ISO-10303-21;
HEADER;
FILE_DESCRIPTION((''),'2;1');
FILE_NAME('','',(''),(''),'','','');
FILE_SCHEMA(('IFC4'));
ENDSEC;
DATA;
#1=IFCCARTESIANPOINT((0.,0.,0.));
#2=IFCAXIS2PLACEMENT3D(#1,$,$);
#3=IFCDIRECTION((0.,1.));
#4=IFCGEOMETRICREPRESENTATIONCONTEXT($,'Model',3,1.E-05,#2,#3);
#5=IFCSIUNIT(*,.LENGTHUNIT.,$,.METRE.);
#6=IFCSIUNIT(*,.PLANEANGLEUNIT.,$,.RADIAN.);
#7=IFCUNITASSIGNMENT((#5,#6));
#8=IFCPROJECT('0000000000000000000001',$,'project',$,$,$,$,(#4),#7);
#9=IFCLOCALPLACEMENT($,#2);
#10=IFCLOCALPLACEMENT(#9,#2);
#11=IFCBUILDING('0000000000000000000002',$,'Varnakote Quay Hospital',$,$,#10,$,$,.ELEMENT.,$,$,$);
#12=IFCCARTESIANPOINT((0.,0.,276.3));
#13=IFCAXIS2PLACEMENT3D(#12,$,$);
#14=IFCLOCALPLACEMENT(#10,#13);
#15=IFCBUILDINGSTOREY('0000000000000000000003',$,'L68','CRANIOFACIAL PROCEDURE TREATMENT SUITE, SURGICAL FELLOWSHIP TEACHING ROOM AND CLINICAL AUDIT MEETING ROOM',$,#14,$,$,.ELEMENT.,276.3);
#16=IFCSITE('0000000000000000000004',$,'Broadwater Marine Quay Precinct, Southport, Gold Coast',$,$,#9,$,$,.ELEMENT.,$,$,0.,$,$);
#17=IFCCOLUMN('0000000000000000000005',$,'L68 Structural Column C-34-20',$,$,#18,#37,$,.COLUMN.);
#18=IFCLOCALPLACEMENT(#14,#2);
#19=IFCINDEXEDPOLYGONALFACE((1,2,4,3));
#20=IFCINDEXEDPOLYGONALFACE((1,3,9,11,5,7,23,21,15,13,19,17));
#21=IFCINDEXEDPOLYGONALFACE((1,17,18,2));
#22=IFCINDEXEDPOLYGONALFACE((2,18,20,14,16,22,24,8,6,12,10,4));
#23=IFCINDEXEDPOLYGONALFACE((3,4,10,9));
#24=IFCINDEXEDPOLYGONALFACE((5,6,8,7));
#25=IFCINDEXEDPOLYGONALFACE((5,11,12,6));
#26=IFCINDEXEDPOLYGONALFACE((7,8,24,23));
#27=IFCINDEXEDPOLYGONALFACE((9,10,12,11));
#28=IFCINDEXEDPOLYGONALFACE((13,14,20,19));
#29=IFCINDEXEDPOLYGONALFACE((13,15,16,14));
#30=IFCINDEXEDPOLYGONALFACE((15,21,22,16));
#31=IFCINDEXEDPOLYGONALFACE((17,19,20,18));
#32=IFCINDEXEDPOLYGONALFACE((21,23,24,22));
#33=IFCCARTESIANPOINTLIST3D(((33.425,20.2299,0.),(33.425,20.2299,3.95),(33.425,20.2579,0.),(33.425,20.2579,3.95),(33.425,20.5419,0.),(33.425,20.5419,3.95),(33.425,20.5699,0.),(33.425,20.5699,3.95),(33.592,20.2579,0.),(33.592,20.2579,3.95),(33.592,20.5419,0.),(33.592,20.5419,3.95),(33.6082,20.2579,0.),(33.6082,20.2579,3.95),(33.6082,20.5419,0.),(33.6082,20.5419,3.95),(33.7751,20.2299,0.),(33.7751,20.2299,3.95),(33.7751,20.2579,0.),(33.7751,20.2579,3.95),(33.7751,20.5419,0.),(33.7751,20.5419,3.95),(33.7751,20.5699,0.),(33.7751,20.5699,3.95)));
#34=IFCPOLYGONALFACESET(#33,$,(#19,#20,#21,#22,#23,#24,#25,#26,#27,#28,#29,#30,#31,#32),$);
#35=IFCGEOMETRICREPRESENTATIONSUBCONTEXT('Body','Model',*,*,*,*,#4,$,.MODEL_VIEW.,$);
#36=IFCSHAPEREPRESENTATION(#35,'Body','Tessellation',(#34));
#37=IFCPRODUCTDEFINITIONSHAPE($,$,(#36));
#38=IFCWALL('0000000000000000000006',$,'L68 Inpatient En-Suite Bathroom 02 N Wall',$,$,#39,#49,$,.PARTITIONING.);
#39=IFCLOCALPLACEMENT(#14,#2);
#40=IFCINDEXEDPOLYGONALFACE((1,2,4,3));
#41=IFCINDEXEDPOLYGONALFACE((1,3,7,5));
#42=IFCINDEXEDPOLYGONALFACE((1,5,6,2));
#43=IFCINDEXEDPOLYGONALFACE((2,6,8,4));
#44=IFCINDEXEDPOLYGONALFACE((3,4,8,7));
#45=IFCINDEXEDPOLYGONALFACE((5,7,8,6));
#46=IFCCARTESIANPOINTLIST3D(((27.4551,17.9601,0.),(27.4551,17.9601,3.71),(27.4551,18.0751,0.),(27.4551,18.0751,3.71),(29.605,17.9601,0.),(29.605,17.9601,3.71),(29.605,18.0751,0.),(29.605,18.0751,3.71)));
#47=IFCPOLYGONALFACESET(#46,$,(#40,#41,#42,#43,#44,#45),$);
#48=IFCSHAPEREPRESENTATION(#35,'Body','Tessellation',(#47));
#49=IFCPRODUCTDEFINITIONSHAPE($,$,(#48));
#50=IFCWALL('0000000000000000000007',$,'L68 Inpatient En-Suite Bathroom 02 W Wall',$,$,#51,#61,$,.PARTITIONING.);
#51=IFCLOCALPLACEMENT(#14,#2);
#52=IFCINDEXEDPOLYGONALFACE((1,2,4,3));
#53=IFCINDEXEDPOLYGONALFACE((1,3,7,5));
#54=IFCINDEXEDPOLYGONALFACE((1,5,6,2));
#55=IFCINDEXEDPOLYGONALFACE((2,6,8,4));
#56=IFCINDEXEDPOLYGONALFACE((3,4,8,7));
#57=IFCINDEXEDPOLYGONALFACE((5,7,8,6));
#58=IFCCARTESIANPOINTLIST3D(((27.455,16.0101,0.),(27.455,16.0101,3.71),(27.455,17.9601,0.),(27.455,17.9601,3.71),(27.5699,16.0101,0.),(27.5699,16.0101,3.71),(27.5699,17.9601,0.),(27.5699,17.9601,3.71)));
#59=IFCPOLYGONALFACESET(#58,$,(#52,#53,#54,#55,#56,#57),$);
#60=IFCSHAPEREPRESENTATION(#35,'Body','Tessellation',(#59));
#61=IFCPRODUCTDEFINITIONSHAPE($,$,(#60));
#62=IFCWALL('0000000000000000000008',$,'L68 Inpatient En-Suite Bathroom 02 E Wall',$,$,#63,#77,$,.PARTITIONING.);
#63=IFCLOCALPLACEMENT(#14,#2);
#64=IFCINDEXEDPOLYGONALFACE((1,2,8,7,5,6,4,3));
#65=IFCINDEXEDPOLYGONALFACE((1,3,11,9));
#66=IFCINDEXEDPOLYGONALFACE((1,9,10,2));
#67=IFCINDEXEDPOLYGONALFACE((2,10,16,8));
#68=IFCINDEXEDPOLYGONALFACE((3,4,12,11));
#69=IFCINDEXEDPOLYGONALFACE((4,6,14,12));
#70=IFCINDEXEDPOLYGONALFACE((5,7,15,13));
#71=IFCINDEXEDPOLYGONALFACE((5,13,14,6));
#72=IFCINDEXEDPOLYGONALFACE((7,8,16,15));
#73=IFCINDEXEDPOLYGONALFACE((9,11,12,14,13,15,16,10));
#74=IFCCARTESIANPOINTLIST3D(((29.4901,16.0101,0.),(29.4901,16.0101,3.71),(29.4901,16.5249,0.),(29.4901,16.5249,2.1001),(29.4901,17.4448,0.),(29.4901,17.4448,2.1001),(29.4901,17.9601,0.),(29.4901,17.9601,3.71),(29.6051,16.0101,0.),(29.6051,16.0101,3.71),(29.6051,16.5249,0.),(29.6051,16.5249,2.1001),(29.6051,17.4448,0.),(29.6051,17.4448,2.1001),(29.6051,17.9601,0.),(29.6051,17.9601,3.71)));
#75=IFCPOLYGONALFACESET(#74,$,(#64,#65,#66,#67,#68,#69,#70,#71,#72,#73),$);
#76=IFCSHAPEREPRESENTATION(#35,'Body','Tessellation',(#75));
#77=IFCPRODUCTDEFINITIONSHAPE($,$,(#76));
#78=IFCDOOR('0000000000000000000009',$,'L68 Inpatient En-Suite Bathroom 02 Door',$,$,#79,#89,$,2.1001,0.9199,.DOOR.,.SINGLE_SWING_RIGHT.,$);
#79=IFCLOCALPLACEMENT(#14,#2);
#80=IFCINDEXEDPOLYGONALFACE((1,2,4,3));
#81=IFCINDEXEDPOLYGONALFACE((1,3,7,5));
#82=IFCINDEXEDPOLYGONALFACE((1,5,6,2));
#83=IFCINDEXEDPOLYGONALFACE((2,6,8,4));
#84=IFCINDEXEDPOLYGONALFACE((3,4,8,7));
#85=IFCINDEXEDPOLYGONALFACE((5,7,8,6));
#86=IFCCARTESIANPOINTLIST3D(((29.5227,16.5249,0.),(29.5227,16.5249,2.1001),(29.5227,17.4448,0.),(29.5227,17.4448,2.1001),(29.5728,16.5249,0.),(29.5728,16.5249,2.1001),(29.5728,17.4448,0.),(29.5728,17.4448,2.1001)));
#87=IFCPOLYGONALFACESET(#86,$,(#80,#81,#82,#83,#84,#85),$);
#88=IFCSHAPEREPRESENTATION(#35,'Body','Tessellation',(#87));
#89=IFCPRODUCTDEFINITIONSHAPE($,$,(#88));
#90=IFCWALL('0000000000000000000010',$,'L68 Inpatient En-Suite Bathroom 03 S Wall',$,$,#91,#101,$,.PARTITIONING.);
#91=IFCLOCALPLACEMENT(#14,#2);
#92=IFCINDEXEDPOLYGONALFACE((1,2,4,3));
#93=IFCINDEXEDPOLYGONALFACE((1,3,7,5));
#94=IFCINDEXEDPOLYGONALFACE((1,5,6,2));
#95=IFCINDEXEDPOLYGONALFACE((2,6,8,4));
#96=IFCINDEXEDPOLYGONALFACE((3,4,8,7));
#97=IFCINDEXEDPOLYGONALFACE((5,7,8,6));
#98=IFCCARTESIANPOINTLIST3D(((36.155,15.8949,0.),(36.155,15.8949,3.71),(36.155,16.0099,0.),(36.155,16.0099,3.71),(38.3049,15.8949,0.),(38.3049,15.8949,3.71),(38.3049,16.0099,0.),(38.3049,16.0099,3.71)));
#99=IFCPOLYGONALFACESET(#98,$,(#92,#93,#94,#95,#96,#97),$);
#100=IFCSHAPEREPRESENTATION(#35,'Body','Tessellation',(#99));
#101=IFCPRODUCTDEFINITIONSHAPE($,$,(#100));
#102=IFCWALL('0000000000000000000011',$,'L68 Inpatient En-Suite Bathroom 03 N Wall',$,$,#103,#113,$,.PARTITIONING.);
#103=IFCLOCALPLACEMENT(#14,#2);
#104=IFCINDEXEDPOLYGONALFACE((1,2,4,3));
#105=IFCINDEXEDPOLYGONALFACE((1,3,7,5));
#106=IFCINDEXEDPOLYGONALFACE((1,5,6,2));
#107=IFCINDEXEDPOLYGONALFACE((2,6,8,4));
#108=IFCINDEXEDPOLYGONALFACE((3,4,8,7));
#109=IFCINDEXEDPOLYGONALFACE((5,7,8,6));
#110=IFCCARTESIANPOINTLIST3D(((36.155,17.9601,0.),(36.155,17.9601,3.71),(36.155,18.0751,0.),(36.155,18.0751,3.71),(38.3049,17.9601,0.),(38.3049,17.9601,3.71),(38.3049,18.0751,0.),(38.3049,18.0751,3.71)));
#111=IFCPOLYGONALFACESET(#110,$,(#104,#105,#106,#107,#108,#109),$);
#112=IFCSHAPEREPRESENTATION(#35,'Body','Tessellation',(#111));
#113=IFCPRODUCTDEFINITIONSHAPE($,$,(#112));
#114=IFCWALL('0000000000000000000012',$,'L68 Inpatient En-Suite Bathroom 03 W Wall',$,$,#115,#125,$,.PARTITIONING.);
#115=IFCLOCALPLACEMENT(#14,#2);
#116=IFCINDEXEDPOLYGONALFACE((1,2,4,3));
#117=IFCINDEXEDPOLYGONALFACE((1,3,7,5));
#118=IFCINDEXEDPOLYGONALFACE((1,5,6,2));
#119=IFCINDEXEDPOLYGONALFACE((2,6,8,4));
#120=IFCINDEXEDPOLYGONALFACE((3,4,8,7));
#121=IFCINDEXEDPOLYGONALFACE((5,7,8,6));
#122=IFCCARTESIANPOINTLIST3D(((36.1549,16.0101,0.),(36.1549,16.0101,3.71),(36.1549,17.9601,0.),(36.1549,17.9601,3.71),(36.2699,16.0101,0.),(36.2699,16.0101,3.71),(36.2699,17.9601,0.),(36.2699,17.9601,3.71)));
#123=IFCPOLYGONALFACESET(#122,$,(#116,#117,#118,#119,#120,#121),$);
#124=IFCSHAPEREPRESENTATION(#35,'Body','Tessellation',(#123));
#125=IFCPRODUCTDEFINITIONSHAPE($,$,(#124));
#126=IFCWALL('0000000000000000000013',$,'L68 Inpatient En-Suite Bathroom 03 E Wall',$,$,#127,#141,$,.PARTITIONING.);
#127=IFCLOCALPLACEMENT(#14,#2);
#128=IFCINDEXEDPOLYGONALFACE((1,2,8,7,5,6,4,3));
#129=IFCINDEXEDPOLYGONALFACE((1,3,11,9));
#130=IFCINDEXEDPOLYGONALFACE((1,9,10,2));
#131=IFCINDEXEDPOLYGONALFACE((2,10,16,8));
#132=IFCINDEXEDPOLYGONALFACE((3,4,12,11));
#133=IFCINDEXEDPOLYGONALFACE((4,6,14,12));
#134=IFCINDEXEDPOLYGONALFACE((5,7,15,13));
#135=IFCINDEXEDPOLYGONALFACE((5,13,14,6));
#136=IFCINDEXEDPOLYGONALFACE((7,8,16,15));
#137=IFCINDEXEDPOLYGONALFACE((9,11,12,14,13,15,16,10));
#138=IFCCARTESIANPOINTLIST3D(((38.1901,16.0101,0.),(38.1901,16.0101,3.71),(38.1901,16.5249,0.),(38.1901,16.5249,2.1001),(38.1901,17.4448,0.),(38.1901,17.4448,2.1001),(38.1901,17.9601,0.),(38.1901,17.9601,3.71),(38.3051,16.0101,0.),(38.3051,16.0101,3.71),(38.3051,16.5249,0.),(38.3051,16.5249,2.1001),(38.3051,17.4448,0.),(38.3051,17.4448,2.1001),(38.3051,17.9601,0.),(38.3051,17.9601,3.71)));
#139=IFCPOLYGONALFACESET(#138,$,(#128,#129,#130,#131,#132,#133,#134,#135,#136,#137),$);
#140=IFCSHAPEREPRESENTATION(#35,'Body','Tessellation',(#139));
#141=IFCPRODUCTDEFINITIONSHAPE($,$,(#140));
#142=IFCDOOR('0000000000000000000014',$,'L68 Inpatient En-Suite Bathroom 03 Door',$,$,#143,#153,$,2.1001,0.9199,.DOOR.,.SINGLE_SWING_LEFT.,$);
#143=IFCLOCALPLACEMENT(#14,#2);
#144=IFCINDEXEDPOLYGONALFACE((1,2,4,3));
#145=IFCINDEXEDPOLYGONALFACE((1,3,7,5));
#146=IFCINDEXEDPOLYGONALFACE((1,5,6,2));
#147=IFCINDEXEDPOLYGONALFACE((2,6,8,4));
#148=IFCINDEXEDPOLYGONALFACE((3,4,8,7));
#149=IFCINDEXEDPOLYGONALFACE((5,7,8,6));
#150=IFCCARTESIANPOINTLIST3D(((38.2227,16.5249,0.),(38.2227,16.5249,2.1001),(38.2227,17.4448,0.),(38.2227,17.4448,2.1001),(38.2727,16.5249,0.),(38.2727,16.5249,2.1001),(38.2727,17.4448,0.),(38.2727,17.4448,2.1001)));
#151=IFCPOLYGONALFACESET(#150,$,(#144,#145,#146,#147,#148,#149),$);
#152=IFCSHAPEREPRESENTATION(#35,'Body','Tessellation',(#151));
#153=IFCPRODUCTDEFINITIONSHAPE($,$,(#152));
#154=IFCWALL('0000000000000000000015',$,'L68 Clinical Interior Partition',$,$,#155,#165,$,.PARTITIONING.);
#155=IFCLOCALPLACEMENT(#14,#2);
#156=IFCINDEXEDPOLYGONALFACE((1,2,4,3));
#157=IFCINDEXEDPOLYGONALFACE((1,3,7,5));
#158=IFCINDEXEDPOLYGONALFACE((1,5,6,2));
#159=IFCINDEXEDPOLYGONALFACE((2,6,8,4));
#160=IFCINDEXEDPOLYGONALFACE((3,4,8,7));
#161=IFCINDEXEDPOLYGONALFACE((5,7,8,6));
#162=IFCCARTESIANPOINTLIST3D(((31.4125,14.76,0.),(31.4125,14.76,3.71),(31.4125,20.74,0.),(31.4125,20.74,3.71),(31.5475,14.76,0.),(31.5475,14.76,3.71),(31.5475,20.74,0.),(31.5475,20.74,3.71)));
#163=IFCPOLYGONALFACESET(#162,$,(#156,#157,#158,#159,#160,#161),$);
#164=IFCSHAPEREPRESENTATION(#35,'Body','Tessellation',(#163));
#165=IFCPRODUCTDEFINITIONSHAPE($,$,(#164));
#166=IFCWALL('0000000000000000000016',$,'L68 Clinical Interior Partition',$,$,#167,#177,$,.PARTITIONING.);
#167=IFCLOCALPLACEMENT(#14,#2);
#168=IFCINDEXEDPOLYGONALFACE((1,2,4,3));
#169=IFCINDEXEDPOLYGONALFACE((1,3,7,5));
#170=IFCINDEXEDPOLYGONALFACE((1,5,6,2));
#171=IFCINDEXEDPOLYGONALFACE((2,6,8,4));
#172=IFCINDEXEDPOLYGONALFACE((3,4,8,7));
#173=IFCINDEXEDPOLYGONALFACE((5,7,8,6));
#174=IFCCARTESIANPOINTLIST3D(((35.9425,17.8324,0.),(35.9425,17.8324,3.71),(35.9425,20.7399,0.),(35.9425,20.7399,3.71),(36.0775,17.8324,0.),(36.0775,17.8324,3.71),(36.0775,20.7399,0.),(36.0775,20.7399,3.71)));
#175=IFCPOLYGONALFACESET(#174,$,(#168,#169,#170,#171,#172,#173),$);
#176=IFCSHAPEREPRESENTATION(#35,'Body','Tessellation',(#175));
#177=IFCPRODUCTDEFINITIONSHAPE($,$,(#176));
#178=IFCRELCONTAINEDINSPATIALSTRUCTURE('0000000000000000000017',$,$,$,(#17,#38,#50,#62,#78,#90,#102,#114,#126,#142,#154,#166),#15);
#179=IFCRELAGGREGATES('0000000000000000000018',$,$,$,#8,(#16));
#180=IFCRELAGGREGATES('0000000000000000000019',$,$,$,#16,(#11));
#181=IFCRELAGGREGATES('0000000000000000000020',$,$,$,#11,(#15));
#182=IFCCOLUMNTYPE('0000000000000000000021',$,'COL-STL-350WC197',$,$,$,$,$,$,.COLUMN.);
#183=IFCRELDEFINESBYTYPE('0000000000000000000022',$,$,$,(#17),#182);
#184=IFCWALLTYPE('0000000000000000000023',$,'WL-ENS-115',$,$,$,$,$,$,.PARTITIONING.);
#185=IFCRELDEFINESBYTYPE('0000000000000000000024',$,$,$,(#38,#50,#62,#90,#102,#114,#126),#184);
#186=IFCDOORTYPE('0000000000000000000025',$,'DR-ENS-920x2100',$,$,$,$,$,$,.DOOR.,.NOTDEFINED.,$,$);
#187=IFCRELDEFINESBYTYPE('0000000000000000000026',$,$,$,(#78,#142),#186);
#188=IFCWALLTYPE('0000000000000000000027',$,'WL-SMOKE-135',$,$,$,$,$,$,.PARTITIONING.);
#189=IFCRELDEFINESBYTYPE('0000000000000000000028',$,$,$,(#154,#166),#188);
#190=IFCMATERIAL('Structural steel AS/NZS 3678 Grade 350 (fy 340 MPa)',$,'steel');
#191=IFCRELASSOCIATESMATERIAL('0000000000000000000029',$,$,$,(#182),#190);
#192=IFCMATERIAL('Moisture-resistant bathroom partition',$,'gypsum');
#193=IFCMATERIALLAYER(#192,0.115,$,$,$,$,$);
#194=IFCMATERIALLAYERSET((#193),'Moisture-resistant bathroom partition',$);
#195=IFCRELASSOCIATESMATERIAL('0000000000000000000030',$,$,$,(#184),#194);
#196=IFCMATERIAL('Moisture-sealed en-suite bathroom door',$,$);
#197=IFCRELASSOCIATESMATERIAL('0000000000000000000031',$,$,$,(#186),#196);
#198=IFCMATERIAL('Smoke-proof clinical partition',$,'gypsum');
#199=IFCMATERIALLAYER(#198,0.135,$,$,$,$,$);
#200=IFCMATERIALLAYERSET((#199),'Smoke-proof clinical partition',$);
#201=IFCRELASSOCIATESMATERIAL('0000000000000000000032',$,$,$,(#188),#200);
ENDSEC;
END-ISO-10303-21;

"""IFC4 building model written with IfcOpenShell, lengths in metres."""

from ifc_helpers import new_model, si_unit, direction, frame, frame_2d, origin, origin_2d, place, context, subcontext, project, spatial, rectangle, i_section, extrude, material, layer, layer_set, material_profile, profile_set, type_object, element, fill, save


model = new_model("IFC4")

# Units and contexts
model_context = context("Model", 3, precision=1e-05, world=origin(), true_north=direction((0.0, 1.0)))
body_context = subcontext(model_context, "Body", "Model", "MODEL_VIEW")
ifc_project = project(units=[si_unit("LENGTHUNIT", "METRE"), si_unit("PLANEANGLEUNIT", "RADIAN")], contexts=[model_context])

# Site, building, storey
site_placement = place(None, origin())
site = spatial("IfcSite", under=ifc_project, at=site_placement, Name="Broadwater Marine Quay Precinct, Southport, Gold Coast", CompositionType="ELEMENT", RefElevation=0.0)
building_placement = place(site_placement, origin())
building = spatial("IfcBuilding", under=site, at=building_placement, Name="Varnakote Quay Hospital", CompositionType="ELEMENT")
storey_placement = place(building_placement, frame((0.0, 0.0, 276.3)))
storey = spatial("IfcBuildingStorey", under=building, at=storey_placement, Name="L68", Description="CRANIOFACIAL PROCEDURE TREATMENT SUITE, SURGICAL FELLOWSHIP TEACHING ROOM AND CLINICAL AUDIT MEETING ROOM", CompositionType="ELEMENT", Elevation=276.3)

# Column
ifc_material_1 = material(Name="Structural steel AS/NZS 3678 Grade 350 (fy 340 MPa)", Category="steel")
ifc_material_profile = material_profile(ifc_material_1, i_section(OverallWidth=0.3501, OverallDepth=0.3401, WebThickness=0.0161, FlangeThickness=0.0281, at=origin_2d()), Name="350WC197")
ifc_profile_set = profile_set([ifc_material_profile], Name="Structural steel AS/NZS 3678 Grade 350 (fy 340 MPa)")
column_type = type_object("IfcColumnType", Name="COL-STL-350WC197", PredefinedType="COLUMN", material=ifc_profile_set)
column_placement = place(storey_placement, frame((33.6001, 20.3999, 0.0), z_axis=(0.0, 0.0, 1.0), x_axis=(1.0, 0.0, 0.0)))
element("IfcColumn", 1, at=column_placement, inside=storey, type_object=column_type, Name="L68 Structural Column C-34-20", PredefinedType="COLUMN", context=body_context, shape_type="SweptSolid", body=[
    extrude(i_section(OverallWidth=0.3501, OverallDepth=0.3401, WebThickness=0.0161, FlangeThickness=0.0281, at=origin_2d()), origin(), (0.0, 0.0, 1.0), 3.95),
])

# Walls
ifc_material_2 = material(Name="Moisture-resistant bathroom partition", Category="gypsum")
ifc_layer_1 = layer(ifc_material_2, 0.115)
ifc_layer_set_1 = layer_set([ifc_layer_1], Name="Moisture-resistant bathroom partition")
wall_type_1 = type_object("IfcWallType", Name="WL-ENS-115", PredefinedType="PARTITIONING", material=ifc_layer_set_1)
wall_1_placement = place(storey_placement, frame((27.4551, 18.0176, 0.0), z_axis=(0.0, 0.0, 1.0), x_axis=(1.0, 0.0, 0.0)))
element("IfcWall", 2, at=wall_1_placement, inside=storey, type_object=wall_type_1, Name="L68 Inpatient En-Suite Bathroom 02 N Wall", PredefinedType="PARTITIONING", context=body_context, shape_type="SweptSolid", body=[
    extrude(rectangle(XDim=2.1499, YDim=0.115, at=frame_2d((1.075, 0.0))), origin(), (0.0, 0.0, 1.0), 3.71),
])
wall_2_placement = place(storey_placement, frame((27.5125, 16.01, 0.0), z_axis=(0.0, 0.0, 1.0), x_axis=(0.0, 1.0, 0.0)))
element("IfcWall", 3, at=wall_2_placement, inside=storey, type_object=wall_type_1, Name="L68 Inpatient En-Suite Bathroom 02 W Wall", PredefinedType="PARTITIONING", context=body_context, shape_type="SweptSolid", body=[
    extrude(rectangle(XDim=1.95, YDim=0.115, at=frame_2d((0.9751, 0.0))), origin(), (0.0, 0.0, 1.0), 3.71),
])

# Wall, opening, door
wall_3_placement = place(storey_placement, frame((29.5476, 16.01, 0.0), z_axis=(0.0, 0.0, 1.0), x_axis=(0.0, 1.0, 0.0)))
wall_3 = element("IfcWall", 4, at=wall_3_placement, inside=storey, type_object=wall_type_1, Name="L68 Inpatient En-Suite Bathroom 02 E Wall", PredefinedType="PARTITIONING", context=body_context, shape_type="SweptSolid", body=[
    extrude(rectangle(XDim=1.95, YDim=0.115, at=frame_2d((0.9751, 0.0))), origin(), (0.0, 0.0, 1.0), 3.71),
])
opening_1_placement = place(wall_3_placement, frame((0.5149, 0.0, 0.0)))
opening_1 = element("IfcOpeningElement", 5, at=opening_1_placement, cuts=wall_3, PredefinedType="OPENING", context=body_context, shape_type="SweptSolid", body=[
    extrude(rectangle(XDim=0.9199, YDim=2.1001, at=frame_2d((0.46, 1.05))), frame((0.0, 0.0674, 0.0), z_axis=(0.0, -1.0, 0.0), x_axis=(1.0, 0.0, 0.0)), (0.0, 0.0, 1.0), 0.135),
])
ifc_material_3 = material(Name="Moisture-sealed en-suite bathroom door")
door_type_1 = type_object("IfcDoorType", Name="DR-ENS-920x2100", OperationType="NOTDEFINED", PredefinedType="DOOR", material=ifc_material_3)
door_1_placement = place(opening_1_placement, origin())
door_1 = element("IfcDoor", 6, at=door_1_placement, inside=storey, type_object=door_type_1, Name="L68 Inpatient En-Suite Bathroom 02 Door", OperationType="SINGLE_SWING_RIGHT", OverallHeight=2.1001, OverallWidth=0.9199, PredefinedType="DOOR", context=body_context, shape_type="SweptSolid", body=[
    extrude(rectangle(XDim=0.9199, YDim=2.1001, at=frame_2d((0.46, 1.05))), frame((0.0, 0.0249, 0.0), z_axis=(0.0, -1.0, 0.0), x_axis=(1.0, 0.0, 0.0)), (0.0, 0.0, 1.0), 0.05),
])
fill(opening_1, door_1)

# Walls
for number, where, z_axis, x_axis, name in (
    (7, (36.155, 15.9524, 0.0), (0.0, 0.0, 1.0), (1.0, 0.0, 0.0), "L68 Inpatient En-Suite Bathroom 03 S Wall"),
    (8, (36.155, 18.0176, 0.0), (0.0, 0.0, 1.0), (1.0, 0.0, 0.0), "L68 Inpatient En-Suite Bathroom 03 N Wall"),
):
    element("IfcWall", number, at=place(storey_placement, frame(where, z_axis=z_axis, x_axis=x_axis)), inside=storey, type_object=wall_type_1, Name=name, PredefinedType="PARTITIONING", context=body_context, shape_type="SweptSolid", body=[
        extrude(rectangle(XDim=2.1499, YDim=0.115, at=frame_2d((1.075, 0.0))), origin(), (0.0, 0.0, 1.0), 3.71),
    ])
wall_4_placement = place(storey_placement, frame((36.2124, 16.01, 0.0), z_axis=(0.0, 0.0, 1.0), x_axis=(0.0, 1.0, 0.0)))
element("IfcWall", 9, at=wall_4_placement, inside=storey, type_object=wall_type_1, Name="L68 Inpatient En-Suite Bathroom 03 W Wall", PredefinedType="PARTITIONING", context=body_context, shape_type="SweptSolid", body=[
    extrude(rectangle(XDim=1.95, YDim=0.115, at=frame_2d((0.9751, 0.0))), origin(), (0.0, 0.0, 1.0), 3.71),
])

# Wall, opening, door
wall_5_placement = place(storey_placement, frame((38.2476, 16.01, 0.0), z_axis=(0.0, 0.0, 1.0), x_axis=(0.0, 1.0, 0.0)))
wall_5 = element("IfcWall", 10, at=wall_5_placement, inside=storey, type_object=wall_type_1, Name="L68 Inpatient En-Suite Bathroom 03 E Wall", PredefinedType="PARTITIONING", context=body_context, shape_type="SweptSolid", body=[
    extrude(rectangle(XDim=1.95, YDim=0.115, at=frame_2d((0.9751, 0.0))), origin(), (0.0, 0.0, 1.0), 3.71),
])
opening_2_placement = place(wall_5_placement, frame((0.5149, 0.0, 0.0)))
opening_2 = element("IfcOpeningElement", 11, at=opening_2_placement, cuts=wall_5, PredefinedType="OPENING", context=body_context, shape_type="SweptSolid", body=[
    extrude(rectangle(XDim=0.9199, YDim=2.1001, at=frame_2d((0.46, 1.05))), frame((0.0, 0.0674, 0.0), z_axis=(0.0, -1.0, 0.0), x_axis=(1.0, 0.0, 0.0)), (0.0, 0.0, 1.0), 0.135),
])
door_2_placement = place(opening_2_placement, origin())
door_2 = element("IfcDoor", 12, at=door_2_placement, inside=storey, type_object=door_type_1, Name="L68 Inpatient En-Suite Bathroom 03 Door", OperationType="SINGLE_SWING_LEFT", OverallHeight=2.1001, OverallWidth=0.9199, PredefinedType="DOOR", context=body_context, shape_type="SweptSolid", body=[
    extrude(rectangle(XDim=0.9199, YDim=2.1001, at=frame_2d((0.46, 1.05))), frame((0.0, 0.0249, 0.0), z_axis=(0.0, -1.0, 0.0), x_axis=(1.0, 0.0, 0.0)), (0.0, 0.0, 1.0), 0.05),
])
fill(opening_2, door_2)

# Walls
ifc_material_4 = material(Name="Smoke-proof clinical partition", Category="gypsum")
ifc_layer_2 = layer(ifc_material_4, 0.135)
ifc_layer_set_2 = layer_set([ifc_layer_2], Name="Smoke-proof clinical partition")
wall_type_2 = type_object("IfcWallType", Name="WL-SMOKE-135", PredefinedType="PARTITIONING", material=ifc_layer_set_2)
wall_6_placement = place(storey_placement, frame((31.48, 14.76, 0.0), z_axis=(0.0, 0.0, 1.0), x_axis=(0.0, 1.0, 0.0)))
element("IfcWall", 13, at=wall_6_placement, inside=storey, type_object=wall_type_2, Name="L68 Clinical Interior Partition", PredefinedType="PARTITIONING", context=body_context, shape_type="SweptSolid", body=[
    extrude(rectangle(XDim=5.98, YDim=0.135, at=frame_2d((2.99, 0.0))), origin(), (0.0, 0.0, 1.0), 3.71),
])
wall_7_placement = place(storey_placement, frame((36.01, 17.8325, 0.0), z_axis=(0.0, 0.0, 1.0), x_axis=(0.0, 1.0, 0.0)))
element("IfcWall", 14, at=wall_7_placement, inside=storey, type_object=wall_type_2, Name="L68 Clinical Interior Partition", PredefinedType="PARTITIONING", context=body_context, shape_type="SweptSolid", body=[
    extrude(rectangle(XDim=2.9075, YDim=0.135, at=frame_2d((1.4536, 0.0))), origin(), (0.0, 0.0, 1.0), 3.71),
])

save(model, "model.ifc")
